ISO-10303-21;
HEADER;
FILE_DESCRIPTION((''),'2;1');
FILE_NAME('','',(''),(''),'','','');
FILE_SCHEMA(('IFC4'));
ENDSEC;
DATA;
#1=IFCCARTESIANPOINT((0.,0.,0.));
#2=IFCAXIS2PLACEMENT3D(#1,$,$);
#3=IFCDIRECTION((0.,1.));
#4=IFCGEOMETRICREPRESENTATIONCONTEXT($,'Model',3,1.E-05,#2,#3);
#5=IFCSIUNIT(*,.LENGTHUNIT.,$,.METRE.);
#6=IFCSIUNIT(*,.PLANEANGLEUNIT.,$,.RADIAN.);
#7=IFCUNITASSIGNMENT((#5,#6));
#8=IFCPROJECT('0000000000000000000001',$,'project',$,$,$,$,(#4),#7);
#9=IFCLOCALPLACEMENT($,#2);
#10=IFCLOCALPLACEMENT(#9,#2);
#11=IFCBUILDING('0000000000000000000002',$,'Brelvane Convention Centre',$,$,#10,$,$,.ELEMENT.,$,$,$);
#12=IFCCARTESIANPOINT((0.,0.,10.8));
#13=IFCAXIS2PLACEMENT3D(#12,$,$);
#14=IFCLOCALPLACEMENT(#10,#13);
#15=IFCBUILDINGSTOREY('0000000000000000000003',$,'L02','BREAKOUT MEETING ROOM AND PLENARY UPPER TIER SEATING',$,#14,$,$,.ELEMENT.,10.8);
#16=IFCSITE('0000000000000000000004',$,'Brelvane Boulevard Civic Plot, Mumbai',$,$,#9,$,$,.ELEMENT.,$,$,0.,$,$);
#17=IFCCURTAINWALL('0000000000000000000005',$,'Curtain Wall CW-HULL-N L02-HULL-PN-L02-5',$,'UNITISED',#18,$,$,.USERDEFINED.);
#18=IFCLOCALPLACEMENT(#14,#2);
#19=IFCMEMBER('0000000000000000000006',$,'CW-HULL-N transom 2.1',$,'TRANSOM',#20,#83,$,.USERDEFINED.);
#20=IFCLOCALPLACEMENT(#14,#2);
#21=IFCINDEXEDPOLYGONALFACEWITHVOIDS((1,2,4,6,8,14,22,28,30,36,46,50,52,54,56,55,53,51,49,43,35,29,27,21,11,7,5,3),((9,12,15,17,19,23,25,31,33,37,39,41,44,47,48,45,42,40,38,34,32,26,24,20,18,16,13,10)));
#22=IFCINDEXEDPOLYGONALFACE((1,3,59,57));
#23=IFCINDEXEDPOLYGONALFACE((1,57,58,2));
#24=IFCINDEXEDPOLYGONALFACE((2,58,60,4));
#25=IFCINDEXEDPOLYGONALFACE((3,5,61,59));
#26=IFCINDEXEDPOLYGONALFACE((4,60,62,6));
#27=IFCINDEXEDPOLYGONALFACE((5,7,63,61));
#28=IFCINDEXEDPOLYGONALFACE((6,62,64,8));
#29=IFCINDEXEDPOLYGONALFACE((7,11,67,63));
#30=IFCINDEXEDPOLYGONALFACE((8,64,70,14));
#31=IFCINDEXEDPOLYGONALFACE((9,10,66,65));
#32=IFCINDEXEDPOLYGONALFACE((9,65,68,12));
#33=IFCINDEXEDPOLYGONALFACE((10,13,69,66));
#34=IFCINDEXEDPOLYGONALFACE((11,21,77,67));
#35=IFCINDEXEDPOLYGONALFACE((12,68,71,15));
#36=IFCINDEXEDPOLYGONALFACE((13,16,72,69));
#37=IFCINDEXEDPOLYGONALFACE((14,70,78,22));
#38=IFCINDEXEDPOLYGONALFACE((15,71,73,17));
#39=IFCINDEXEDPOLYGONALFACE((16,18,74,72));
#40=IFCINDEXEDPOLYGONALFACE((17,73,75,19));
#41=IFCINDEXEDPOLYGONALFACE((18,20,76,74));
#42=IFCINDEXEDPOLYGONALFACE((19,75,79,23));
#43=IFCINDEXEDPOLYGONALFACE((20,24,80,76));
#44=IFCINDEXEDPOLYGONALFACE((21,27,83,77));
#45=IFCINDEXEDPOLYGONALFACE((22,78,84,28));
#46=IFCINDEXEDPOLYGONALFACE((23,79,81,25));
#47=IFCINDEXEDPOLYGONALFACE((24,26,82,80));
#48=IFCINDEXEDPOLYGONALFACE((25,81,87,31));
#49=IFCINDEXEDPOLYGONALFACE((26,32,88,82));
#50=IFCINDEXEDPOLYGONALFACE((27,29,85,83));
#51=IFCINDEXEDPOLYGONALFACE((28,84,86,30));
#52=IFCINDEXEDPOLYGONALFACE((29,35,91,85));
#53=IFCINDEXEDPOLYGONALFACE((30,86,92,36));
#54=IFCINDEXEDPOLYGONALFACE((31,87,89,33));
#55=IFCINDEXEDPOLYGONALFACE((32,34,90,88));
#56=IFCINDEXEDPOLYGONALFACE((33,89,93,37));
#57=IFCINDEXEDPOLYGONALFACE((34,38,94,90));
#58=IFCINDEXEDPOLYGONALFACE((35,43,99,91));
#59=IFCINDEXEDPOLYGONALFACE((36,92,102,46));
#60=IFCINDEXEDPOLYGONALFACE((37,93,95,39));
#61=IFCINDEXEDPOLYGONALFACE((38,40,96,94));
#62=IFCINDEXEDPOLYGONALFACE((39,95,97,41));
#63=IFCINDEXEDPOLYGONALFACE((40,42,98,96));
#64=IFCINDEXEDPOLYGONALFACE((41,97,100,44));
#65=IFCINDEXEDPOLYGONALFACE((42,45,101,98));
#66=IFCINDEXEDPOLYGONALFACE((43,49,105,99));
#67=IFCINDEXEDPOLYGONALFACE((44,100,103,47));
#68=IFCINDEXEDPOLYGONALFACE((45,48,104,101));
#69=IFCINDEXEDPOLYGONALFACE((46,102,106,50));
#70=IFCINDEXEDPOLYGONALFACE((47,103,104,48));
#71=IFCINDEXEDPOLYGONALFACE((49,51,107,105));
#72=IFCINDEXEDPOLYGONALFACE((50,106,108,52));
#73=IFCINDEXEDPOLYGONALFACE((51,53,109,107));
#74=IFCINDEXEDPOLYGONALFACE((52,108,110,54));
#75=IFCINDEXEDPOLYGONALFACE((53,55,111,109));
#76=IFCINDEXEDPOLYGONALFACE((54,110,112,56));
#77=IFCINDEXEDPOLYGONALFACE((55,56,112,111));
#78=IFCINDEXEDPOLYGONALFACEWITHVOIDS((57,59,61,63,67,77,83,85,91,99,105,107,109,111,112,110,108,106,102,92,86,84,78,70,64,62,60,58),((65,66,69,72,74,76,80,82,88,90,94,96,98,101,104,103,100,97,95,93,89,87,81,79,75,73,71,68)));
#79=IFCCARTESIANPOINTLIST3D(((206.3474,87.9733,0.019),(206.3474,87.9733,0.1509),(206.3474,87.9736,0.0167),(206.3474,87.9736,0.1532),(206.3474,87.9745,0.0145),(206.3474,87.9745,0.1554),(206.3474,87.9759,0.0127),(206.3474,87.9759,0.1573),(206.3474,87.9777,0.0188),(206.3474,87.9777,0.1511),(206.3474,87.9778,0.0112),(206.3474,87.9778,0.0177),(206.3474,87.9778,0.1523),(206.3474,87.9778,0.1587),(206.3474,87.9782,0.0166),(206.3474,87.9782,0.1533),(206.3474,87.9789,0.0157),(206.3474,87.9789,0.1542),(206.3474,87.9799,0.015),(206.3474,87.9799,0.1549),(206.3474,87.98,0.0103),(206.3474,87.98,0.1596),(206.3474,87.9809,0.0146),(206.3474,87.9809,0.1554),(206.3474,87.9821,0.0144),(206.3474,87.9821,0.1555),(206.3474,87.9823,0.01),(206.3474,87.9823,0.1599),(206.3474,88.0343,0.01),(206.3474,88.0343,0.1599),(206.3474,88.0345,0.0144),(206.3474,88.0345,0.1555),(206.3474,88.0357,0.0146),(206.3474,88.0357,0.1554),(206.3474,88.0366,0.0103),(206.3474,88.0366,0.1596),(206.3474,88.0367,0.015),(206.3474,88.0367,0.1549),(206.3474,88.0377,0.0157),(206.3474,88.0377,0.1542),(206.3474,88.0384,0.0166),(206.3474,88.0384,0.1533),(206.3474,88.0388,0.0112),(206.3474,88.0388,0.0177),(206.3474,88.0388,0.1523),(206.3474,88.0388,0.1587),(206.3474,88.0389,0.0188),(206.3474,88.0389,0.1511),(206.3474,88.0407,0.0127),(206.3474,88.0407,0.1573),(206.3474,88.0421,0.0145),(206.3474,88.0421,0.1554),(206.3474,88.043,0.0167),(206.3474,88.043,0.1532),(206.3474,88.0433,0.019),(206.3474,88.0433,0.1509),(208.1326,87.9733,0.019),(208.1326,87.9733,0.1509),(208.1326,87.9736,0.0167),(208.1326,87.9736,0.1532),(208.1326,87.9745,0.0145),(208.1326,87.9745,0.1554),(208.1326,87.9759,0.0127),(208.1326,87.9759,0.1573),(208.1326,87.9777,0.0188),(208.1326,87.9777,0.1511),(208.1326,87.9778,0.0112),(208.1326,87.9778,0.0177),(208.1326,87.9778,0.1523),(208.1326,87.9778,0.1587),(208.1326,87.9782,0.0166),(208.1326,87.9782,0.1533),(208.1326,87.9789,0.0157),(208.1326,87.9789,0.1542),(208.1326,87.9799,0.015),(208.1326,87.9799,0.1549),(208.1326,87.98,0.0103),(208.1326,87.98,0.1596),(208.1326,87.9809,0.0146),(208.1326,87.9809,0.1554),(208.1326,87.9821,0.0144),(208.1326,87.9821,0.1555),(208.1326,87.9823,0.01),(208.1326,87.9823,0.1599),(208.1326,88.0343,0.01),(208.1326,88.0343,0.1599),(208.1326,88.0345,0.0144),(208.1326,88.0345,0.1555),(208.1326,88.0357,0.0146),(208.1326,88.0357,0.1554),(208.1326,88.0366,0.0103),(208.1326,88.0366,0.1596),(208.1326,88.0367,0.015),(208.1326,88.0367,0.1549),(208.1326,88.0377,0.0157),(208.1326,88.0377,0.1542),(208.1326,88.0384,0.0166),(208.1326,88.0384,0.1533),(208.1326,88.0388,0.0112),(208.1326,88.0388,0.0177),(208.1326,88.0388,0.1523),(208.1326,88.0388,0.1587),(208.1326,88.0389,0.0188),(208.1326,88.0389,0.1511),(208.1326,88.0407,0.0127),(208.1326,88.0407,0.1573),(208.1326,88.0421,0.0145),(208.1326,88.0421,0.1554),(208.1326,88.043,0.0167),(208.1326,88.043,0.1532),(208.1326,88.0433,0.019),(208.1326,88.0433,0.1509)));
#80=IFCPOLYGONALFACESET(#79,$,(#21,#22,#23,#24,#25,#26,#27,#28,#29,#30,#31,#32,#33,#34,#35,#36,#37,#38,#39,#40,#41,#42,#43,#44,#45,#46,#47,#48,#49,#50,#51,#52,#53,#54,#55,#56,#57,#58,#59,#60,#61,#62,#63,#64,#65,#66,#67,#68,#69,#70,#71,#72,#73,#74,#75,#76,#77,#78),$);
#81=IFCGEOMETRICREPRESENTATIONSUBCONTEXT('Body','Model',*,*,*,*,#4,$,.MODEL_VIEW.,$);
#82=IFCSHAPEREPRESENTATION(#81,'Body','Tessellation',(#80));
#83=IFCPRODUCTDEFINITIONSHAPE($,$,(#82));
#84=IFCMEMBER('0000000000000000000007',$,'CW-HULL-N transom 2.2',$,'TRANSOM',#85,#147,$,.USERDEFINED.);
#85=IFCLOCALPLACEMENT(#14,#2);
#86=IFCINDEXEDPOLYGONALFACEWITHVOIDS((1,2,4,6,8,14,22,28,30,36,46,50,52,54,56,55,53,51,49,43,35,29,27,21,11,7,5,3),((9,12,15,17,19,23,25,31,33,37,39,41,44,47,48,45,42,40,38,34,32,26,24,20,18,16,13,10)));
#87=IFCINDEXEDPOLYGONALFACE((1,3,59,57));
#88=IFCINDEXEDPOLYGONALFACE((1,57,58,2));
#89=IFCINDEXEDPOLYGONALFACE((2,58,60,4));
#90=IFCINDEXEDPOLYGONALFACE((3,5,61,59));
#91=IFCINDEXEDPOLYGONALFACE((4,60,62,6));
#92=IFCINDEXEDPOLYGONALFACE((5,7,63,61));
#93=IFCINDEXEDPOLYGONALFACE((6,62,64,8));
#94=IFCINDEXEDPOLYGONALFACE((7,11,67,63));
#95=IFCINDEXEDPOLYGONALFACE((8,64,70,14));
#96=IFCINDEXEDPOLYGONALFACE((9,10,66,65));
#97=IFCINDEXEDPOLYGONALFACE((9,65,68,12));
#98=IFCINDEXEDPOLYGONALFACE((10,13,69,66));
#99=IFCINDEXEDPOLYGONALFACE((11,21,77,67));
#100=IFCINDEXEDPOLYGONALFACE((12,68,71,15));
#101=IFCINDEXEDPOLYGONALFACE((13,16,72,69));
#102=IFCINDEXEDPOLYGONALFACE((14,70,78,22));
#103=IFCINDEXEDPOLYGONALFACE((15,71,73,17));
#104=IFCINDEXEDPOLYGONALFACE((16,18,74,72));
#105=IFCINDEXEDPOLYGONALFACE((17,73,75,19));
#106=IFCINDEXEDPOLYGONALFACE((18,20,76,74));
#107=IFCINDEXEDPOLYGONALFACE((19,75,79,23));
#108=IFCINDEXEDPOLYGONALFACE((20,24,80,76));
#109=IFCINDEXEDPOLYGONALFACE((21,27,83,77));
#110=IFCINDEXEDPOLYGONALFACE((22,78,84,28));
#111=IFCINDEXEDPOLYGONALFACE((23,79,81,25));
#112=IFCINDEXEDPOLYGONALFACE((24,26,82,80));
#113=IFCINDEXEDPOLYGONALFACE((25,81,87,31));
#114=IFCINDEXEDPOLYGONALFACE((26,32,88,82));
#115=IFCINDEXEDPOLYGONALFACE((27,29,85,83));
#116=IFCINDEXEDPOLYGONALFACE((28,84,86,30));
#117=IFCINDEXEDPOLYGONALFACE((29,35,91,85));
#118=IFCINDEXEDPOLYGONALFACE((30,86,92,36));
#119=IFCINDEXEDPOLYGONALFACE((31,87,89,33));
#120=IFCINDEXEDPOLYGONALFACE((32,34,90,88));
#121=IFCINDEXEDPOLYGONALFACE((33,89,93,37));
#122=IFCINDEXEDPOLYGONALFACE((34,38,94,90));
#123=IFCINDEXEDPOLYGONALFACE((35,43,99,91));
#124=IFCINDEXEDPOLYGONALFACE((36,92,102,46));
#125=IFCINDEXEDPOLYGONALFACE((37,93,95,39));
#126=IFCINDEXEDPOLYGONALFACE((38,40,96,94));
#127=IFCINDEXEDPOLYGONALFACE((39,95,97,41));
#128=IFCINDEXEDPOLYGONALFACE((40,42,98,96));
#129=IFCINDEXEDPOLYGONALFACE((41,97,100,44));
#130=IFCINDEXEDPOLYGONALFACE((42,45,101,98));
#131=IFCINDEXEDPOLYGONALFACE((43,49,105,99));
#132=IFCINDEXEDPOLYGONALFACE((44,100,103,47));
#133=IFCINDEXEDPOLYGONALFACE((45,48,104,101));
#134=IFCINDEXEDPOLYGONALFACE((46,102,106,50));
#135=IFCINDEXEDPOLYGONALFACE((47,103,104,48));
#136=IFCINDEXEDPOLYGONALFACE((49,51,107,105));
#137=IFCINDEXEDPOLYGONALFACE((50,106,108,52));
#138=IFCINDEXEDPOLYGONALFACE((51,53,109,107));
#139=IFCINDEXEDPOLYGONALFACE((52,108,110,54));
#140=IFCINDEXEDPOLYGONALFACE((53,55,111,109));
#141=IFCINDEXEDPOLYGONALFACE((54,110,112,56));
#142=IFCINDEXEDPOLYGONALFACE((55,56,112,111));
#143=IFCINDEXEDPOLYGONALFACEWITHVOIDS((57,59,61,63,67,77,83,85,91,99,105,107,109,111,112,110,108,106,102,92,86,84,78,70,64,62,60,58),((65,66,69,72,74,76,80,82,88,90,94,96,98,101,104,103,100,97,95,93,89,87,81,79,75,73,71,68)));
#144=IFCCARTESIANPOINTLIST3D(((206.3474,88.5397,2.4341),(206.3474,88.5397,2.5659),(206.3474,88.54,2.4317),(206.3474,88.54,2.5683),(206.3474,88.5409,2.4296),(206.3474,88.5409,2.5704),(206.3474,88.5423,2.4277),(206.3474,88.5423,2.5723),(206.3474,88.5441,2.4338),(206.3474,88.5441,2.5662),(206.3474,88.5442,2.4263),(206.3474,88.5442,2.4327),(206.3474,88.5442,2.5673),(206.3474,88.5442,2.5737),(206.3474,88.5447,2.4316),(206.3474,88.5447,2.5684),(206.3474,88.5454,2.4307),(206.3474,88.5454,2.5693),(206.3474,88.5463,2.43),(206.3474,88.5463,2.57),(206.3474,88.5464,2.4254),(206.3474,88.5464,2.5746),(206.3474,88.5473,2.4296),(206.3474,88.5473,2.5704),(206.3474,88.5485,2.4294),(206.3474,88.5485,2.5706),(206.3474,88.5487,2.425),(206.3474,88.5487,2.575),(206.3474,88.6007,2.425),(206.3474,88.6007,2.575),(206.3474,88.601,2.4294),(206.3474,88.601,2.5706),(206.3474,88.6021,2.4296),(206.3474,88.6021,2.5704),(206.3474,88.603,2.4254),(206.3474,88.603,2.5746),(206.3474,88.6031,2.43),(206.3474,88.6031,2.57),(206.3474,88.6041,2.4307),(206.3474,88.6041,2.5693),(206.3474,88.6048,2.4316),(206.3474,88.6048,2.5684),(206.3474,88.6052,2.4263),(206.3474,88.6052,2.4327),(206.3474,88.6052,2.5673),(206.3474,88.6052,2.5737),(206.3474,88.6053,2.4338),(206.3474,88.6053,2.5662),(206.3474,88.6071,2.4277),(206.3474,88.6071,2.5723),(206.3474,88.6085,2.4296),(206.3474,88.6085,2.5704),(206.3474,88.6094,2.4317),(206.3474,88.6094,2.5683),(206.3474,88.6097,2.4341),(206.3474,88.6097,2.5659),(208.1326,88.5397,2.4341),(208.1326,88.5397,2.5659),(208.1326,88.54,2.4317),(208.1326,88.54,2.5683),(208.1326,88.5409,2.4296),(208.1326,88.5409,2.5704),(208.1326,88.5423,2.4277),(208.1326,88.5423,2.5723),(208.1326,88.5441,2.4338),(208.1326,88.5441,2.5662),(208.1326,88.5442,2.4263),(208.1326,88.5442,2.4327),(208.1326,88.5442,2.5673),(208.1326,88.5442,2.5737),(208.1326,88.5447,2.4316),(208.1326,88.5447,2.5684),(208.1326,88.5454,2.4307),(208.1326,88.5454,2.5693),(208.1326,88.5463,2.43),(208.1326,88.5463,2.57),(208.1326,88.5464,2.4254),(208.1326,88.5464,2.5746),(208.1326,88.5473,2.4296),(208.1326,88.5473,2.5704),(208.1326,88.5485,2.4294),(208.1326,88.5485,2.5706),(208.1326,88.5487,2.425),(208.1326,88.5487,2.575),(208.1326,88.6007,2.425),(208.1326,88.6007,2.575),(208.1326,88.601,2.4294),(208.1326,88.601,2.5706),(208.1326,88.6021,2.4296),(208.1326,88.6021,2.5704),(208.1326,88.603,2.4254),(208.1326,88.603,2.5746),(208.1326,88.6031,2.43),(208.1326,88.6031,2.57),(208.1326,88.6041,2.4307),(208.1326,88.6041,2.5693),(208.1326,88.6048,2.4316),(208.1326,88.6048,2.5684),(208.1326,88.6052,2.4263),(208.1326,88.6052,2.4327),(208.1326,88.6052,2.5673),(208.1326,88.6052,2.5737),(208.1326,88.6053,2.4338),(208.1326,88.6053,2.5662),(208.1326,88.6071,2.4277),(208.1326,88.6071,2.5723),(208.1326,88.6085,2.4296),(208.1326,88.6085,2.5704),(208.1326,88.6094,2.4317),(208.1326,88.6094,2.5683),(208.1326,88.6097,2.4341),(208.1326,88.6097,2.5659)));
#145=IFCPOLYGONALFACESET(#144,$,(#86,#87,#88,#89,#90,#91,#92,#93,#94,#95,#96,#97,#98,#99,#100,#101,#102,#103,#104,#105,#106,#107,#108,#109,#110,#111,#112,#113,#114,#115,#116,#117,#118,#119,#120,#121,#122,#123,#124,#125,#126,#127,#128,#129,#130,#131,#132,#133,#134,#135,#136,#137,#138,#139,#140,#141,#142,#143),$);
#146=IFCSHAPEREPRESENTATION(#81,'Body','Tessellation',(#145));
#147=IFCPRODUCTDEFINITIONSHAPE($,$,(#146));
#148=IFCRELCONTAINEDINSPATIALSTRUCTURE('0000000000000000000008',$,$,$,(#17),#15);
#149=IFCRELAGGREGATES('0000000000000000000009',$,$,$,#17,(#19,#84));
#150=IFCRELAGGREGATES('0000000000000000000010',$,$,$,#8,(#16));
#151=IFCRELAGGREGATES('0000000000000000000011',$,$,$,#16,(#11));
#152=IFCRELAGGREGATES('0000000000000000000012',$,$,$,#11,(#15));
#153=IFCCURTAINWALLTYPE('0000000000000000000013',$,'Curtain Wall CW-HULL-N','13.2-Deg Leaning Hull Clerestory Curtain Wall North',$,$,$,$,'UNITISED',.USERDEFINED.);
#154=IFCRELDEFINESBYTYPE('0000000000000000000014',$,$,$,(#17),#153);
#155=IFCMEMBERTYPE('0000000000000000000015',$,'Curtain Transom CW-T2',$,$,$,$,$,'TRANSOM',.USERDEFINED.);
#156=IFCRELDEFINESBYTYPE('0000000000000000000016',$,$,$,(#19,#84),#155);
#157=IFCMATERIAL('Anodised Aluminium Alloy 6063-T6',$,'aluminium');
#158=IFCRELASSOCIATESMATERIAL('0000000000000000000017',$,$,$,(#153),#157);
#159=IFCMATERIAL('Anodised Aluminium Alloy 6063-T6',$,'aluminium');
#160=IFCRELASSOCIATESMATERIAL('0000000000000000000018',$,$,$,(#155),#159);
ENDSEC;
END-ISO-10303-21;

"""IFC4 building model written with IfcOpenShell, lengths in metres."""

from ifc_helpers import new_model, si_unit, direction, frame, origin, origin_2d, place, context, subcontext, project, spatial, hollow_rectangle, extrude, material, material_profile, profile_set, type_object, element, aggregate, save


model = new_model("IFC4")

# Units and contexts
model_context = context("Model", 3, precision=1e-05, world=origin(), true_north=direction((0.0, 1.0)))
body_context = subcontext(model_context, "Body", "Model", "MODEL_VIEW")
ifc_project = project(units=[si_unit("LENGTHUNIT", "METRE"), si_unit("PLANEANGLEUNIT", "RADIAN")], contexts=[model_context])

# Site, building, storey
site_placement = place(None, origin())
site = spatial("IfcSite", under=ifc_project, at=site_placement, Name="Brelvane Boulevard Civic Plot, Mumbai", CompositionType="ELEMENT", RefElevation=0.0)
building_placement = place(site_placement, origin())
building = spatial("IfcBuilding", under=site, at=building_placement, Name="Brelvane Convention Centre", CompositionType="ELEMENT")
storey_placement = place(building_placement, frame((0.0, 0.0, 10.8)))
storey = spatial("IfcBuildingStorey", under=building, at=storey_placement, Name="L02", Description="BREAKOUT MEETING ROOM AND PLENARY UPPER TIER SEATING", CompositionType="ELEMENT", Elevation=10.8)

# Curtain wall
ifc_material_1 = material(Name="Anodised Aluminium Alloy 6063-T6", Category="aluminium")
curtain_wall_type = type_object("IfcCurtainWallType", Name="Curtain Wall CW-HULL-N", Description="13.2-Deg Leaning Hull Clerestory Curtain Wall North", ElementType="UNITISED", PredefinedType="USERDEFINED", material=ifc_material_1)
curtain_wall_1_placement = place(storey_placement, origin())
curtain_wall_1 = element("IfcCurtainWall", 1, at=curtain_wall_1_placement, inside=storey, type_object=curtain_wall_type, Name="Curtain Wall CW-HULL-N L02-HULL-PN-L02-5", ObjectType="UNITISED", PredefinedType="USERDEFINED")

# Members
ifc_material_2 = material(Name="Anodised Aluminium Alloy 6063-T6", Category="aluminium")
ifc_material_profile_1 = material_profile(ifc_material_2, hollow_rectangle(XDim=0.0701, YDim=0.1499, WallThickness=0.0044, InnerFilletRadius=0.0044, OuterFilletRadius=0.009, at=origin_2d()), Name="ALU-T 150x70x4.5")
ifc_profile_set_1 = profile_set([ifc_material_profile_1], Name="Anodised Aluminium Alloy 6063-T6")
member_type_1 = type_object("IfcMemberType", Name="Curtain Transom CW-T2", ElementType="TRANSOM", PredefinedType="USERDEFINED", material=ifc_profile_set_1)
member_1_placement = place(storey_placement, frame((206.3474, 88.0083, 0.085), z_axis=(1.0, 0.0, 0.0), x_axis=(0.0, 1.0, 0.0)))
member_1 = element("IfcMember", 2, at=member_1_placement, type_object=member_type_1, Name="CW-HULL-N transom 2.1", ObjectType="TRANSOM", PredefinedType="USERDEFINED", context=body_context, shape_type="SweptSolid", body=[
    extrude(hollow_rectangle(XDim=0.0701, YDim=0.1499, WallThickness=0.0044, InnerFilletRadius=0.0044, OuterFilletRadius=0.009, at=origin_2d()), origin(), (0.0, 0.0, 1.0), 1.7852),
])
member_2_placement = place(storey_placement, frame((206.3474, 88.5747, 2.5), z_axis=(1.0, 0.0, 0.0), x_axis=(0.0, 1.0, 0.0)))
member_2 = element("IfcMember", 3, at=member_2_placement, type_object=member_type_1, Name="CW-HULL-N transom 2.2", ObjectType="TRANSOM", PredefinedType="USERDEFINED", context=body_context, shape_type="SweptSolid", body=[
    extrude(hollow_rectangle(XDim=0.0701, YDim=0.1499, WallThickness=0.0044, InnerFilletRadius=0.0044, OuterFilletRadius=0.009, at=origin_2d()), origin(), (0.0, 0.0, 1.0), 1.7852),
])

aggregate(curtain_wall_1, [member_1, member_2])

save(model, "model.ifc")
